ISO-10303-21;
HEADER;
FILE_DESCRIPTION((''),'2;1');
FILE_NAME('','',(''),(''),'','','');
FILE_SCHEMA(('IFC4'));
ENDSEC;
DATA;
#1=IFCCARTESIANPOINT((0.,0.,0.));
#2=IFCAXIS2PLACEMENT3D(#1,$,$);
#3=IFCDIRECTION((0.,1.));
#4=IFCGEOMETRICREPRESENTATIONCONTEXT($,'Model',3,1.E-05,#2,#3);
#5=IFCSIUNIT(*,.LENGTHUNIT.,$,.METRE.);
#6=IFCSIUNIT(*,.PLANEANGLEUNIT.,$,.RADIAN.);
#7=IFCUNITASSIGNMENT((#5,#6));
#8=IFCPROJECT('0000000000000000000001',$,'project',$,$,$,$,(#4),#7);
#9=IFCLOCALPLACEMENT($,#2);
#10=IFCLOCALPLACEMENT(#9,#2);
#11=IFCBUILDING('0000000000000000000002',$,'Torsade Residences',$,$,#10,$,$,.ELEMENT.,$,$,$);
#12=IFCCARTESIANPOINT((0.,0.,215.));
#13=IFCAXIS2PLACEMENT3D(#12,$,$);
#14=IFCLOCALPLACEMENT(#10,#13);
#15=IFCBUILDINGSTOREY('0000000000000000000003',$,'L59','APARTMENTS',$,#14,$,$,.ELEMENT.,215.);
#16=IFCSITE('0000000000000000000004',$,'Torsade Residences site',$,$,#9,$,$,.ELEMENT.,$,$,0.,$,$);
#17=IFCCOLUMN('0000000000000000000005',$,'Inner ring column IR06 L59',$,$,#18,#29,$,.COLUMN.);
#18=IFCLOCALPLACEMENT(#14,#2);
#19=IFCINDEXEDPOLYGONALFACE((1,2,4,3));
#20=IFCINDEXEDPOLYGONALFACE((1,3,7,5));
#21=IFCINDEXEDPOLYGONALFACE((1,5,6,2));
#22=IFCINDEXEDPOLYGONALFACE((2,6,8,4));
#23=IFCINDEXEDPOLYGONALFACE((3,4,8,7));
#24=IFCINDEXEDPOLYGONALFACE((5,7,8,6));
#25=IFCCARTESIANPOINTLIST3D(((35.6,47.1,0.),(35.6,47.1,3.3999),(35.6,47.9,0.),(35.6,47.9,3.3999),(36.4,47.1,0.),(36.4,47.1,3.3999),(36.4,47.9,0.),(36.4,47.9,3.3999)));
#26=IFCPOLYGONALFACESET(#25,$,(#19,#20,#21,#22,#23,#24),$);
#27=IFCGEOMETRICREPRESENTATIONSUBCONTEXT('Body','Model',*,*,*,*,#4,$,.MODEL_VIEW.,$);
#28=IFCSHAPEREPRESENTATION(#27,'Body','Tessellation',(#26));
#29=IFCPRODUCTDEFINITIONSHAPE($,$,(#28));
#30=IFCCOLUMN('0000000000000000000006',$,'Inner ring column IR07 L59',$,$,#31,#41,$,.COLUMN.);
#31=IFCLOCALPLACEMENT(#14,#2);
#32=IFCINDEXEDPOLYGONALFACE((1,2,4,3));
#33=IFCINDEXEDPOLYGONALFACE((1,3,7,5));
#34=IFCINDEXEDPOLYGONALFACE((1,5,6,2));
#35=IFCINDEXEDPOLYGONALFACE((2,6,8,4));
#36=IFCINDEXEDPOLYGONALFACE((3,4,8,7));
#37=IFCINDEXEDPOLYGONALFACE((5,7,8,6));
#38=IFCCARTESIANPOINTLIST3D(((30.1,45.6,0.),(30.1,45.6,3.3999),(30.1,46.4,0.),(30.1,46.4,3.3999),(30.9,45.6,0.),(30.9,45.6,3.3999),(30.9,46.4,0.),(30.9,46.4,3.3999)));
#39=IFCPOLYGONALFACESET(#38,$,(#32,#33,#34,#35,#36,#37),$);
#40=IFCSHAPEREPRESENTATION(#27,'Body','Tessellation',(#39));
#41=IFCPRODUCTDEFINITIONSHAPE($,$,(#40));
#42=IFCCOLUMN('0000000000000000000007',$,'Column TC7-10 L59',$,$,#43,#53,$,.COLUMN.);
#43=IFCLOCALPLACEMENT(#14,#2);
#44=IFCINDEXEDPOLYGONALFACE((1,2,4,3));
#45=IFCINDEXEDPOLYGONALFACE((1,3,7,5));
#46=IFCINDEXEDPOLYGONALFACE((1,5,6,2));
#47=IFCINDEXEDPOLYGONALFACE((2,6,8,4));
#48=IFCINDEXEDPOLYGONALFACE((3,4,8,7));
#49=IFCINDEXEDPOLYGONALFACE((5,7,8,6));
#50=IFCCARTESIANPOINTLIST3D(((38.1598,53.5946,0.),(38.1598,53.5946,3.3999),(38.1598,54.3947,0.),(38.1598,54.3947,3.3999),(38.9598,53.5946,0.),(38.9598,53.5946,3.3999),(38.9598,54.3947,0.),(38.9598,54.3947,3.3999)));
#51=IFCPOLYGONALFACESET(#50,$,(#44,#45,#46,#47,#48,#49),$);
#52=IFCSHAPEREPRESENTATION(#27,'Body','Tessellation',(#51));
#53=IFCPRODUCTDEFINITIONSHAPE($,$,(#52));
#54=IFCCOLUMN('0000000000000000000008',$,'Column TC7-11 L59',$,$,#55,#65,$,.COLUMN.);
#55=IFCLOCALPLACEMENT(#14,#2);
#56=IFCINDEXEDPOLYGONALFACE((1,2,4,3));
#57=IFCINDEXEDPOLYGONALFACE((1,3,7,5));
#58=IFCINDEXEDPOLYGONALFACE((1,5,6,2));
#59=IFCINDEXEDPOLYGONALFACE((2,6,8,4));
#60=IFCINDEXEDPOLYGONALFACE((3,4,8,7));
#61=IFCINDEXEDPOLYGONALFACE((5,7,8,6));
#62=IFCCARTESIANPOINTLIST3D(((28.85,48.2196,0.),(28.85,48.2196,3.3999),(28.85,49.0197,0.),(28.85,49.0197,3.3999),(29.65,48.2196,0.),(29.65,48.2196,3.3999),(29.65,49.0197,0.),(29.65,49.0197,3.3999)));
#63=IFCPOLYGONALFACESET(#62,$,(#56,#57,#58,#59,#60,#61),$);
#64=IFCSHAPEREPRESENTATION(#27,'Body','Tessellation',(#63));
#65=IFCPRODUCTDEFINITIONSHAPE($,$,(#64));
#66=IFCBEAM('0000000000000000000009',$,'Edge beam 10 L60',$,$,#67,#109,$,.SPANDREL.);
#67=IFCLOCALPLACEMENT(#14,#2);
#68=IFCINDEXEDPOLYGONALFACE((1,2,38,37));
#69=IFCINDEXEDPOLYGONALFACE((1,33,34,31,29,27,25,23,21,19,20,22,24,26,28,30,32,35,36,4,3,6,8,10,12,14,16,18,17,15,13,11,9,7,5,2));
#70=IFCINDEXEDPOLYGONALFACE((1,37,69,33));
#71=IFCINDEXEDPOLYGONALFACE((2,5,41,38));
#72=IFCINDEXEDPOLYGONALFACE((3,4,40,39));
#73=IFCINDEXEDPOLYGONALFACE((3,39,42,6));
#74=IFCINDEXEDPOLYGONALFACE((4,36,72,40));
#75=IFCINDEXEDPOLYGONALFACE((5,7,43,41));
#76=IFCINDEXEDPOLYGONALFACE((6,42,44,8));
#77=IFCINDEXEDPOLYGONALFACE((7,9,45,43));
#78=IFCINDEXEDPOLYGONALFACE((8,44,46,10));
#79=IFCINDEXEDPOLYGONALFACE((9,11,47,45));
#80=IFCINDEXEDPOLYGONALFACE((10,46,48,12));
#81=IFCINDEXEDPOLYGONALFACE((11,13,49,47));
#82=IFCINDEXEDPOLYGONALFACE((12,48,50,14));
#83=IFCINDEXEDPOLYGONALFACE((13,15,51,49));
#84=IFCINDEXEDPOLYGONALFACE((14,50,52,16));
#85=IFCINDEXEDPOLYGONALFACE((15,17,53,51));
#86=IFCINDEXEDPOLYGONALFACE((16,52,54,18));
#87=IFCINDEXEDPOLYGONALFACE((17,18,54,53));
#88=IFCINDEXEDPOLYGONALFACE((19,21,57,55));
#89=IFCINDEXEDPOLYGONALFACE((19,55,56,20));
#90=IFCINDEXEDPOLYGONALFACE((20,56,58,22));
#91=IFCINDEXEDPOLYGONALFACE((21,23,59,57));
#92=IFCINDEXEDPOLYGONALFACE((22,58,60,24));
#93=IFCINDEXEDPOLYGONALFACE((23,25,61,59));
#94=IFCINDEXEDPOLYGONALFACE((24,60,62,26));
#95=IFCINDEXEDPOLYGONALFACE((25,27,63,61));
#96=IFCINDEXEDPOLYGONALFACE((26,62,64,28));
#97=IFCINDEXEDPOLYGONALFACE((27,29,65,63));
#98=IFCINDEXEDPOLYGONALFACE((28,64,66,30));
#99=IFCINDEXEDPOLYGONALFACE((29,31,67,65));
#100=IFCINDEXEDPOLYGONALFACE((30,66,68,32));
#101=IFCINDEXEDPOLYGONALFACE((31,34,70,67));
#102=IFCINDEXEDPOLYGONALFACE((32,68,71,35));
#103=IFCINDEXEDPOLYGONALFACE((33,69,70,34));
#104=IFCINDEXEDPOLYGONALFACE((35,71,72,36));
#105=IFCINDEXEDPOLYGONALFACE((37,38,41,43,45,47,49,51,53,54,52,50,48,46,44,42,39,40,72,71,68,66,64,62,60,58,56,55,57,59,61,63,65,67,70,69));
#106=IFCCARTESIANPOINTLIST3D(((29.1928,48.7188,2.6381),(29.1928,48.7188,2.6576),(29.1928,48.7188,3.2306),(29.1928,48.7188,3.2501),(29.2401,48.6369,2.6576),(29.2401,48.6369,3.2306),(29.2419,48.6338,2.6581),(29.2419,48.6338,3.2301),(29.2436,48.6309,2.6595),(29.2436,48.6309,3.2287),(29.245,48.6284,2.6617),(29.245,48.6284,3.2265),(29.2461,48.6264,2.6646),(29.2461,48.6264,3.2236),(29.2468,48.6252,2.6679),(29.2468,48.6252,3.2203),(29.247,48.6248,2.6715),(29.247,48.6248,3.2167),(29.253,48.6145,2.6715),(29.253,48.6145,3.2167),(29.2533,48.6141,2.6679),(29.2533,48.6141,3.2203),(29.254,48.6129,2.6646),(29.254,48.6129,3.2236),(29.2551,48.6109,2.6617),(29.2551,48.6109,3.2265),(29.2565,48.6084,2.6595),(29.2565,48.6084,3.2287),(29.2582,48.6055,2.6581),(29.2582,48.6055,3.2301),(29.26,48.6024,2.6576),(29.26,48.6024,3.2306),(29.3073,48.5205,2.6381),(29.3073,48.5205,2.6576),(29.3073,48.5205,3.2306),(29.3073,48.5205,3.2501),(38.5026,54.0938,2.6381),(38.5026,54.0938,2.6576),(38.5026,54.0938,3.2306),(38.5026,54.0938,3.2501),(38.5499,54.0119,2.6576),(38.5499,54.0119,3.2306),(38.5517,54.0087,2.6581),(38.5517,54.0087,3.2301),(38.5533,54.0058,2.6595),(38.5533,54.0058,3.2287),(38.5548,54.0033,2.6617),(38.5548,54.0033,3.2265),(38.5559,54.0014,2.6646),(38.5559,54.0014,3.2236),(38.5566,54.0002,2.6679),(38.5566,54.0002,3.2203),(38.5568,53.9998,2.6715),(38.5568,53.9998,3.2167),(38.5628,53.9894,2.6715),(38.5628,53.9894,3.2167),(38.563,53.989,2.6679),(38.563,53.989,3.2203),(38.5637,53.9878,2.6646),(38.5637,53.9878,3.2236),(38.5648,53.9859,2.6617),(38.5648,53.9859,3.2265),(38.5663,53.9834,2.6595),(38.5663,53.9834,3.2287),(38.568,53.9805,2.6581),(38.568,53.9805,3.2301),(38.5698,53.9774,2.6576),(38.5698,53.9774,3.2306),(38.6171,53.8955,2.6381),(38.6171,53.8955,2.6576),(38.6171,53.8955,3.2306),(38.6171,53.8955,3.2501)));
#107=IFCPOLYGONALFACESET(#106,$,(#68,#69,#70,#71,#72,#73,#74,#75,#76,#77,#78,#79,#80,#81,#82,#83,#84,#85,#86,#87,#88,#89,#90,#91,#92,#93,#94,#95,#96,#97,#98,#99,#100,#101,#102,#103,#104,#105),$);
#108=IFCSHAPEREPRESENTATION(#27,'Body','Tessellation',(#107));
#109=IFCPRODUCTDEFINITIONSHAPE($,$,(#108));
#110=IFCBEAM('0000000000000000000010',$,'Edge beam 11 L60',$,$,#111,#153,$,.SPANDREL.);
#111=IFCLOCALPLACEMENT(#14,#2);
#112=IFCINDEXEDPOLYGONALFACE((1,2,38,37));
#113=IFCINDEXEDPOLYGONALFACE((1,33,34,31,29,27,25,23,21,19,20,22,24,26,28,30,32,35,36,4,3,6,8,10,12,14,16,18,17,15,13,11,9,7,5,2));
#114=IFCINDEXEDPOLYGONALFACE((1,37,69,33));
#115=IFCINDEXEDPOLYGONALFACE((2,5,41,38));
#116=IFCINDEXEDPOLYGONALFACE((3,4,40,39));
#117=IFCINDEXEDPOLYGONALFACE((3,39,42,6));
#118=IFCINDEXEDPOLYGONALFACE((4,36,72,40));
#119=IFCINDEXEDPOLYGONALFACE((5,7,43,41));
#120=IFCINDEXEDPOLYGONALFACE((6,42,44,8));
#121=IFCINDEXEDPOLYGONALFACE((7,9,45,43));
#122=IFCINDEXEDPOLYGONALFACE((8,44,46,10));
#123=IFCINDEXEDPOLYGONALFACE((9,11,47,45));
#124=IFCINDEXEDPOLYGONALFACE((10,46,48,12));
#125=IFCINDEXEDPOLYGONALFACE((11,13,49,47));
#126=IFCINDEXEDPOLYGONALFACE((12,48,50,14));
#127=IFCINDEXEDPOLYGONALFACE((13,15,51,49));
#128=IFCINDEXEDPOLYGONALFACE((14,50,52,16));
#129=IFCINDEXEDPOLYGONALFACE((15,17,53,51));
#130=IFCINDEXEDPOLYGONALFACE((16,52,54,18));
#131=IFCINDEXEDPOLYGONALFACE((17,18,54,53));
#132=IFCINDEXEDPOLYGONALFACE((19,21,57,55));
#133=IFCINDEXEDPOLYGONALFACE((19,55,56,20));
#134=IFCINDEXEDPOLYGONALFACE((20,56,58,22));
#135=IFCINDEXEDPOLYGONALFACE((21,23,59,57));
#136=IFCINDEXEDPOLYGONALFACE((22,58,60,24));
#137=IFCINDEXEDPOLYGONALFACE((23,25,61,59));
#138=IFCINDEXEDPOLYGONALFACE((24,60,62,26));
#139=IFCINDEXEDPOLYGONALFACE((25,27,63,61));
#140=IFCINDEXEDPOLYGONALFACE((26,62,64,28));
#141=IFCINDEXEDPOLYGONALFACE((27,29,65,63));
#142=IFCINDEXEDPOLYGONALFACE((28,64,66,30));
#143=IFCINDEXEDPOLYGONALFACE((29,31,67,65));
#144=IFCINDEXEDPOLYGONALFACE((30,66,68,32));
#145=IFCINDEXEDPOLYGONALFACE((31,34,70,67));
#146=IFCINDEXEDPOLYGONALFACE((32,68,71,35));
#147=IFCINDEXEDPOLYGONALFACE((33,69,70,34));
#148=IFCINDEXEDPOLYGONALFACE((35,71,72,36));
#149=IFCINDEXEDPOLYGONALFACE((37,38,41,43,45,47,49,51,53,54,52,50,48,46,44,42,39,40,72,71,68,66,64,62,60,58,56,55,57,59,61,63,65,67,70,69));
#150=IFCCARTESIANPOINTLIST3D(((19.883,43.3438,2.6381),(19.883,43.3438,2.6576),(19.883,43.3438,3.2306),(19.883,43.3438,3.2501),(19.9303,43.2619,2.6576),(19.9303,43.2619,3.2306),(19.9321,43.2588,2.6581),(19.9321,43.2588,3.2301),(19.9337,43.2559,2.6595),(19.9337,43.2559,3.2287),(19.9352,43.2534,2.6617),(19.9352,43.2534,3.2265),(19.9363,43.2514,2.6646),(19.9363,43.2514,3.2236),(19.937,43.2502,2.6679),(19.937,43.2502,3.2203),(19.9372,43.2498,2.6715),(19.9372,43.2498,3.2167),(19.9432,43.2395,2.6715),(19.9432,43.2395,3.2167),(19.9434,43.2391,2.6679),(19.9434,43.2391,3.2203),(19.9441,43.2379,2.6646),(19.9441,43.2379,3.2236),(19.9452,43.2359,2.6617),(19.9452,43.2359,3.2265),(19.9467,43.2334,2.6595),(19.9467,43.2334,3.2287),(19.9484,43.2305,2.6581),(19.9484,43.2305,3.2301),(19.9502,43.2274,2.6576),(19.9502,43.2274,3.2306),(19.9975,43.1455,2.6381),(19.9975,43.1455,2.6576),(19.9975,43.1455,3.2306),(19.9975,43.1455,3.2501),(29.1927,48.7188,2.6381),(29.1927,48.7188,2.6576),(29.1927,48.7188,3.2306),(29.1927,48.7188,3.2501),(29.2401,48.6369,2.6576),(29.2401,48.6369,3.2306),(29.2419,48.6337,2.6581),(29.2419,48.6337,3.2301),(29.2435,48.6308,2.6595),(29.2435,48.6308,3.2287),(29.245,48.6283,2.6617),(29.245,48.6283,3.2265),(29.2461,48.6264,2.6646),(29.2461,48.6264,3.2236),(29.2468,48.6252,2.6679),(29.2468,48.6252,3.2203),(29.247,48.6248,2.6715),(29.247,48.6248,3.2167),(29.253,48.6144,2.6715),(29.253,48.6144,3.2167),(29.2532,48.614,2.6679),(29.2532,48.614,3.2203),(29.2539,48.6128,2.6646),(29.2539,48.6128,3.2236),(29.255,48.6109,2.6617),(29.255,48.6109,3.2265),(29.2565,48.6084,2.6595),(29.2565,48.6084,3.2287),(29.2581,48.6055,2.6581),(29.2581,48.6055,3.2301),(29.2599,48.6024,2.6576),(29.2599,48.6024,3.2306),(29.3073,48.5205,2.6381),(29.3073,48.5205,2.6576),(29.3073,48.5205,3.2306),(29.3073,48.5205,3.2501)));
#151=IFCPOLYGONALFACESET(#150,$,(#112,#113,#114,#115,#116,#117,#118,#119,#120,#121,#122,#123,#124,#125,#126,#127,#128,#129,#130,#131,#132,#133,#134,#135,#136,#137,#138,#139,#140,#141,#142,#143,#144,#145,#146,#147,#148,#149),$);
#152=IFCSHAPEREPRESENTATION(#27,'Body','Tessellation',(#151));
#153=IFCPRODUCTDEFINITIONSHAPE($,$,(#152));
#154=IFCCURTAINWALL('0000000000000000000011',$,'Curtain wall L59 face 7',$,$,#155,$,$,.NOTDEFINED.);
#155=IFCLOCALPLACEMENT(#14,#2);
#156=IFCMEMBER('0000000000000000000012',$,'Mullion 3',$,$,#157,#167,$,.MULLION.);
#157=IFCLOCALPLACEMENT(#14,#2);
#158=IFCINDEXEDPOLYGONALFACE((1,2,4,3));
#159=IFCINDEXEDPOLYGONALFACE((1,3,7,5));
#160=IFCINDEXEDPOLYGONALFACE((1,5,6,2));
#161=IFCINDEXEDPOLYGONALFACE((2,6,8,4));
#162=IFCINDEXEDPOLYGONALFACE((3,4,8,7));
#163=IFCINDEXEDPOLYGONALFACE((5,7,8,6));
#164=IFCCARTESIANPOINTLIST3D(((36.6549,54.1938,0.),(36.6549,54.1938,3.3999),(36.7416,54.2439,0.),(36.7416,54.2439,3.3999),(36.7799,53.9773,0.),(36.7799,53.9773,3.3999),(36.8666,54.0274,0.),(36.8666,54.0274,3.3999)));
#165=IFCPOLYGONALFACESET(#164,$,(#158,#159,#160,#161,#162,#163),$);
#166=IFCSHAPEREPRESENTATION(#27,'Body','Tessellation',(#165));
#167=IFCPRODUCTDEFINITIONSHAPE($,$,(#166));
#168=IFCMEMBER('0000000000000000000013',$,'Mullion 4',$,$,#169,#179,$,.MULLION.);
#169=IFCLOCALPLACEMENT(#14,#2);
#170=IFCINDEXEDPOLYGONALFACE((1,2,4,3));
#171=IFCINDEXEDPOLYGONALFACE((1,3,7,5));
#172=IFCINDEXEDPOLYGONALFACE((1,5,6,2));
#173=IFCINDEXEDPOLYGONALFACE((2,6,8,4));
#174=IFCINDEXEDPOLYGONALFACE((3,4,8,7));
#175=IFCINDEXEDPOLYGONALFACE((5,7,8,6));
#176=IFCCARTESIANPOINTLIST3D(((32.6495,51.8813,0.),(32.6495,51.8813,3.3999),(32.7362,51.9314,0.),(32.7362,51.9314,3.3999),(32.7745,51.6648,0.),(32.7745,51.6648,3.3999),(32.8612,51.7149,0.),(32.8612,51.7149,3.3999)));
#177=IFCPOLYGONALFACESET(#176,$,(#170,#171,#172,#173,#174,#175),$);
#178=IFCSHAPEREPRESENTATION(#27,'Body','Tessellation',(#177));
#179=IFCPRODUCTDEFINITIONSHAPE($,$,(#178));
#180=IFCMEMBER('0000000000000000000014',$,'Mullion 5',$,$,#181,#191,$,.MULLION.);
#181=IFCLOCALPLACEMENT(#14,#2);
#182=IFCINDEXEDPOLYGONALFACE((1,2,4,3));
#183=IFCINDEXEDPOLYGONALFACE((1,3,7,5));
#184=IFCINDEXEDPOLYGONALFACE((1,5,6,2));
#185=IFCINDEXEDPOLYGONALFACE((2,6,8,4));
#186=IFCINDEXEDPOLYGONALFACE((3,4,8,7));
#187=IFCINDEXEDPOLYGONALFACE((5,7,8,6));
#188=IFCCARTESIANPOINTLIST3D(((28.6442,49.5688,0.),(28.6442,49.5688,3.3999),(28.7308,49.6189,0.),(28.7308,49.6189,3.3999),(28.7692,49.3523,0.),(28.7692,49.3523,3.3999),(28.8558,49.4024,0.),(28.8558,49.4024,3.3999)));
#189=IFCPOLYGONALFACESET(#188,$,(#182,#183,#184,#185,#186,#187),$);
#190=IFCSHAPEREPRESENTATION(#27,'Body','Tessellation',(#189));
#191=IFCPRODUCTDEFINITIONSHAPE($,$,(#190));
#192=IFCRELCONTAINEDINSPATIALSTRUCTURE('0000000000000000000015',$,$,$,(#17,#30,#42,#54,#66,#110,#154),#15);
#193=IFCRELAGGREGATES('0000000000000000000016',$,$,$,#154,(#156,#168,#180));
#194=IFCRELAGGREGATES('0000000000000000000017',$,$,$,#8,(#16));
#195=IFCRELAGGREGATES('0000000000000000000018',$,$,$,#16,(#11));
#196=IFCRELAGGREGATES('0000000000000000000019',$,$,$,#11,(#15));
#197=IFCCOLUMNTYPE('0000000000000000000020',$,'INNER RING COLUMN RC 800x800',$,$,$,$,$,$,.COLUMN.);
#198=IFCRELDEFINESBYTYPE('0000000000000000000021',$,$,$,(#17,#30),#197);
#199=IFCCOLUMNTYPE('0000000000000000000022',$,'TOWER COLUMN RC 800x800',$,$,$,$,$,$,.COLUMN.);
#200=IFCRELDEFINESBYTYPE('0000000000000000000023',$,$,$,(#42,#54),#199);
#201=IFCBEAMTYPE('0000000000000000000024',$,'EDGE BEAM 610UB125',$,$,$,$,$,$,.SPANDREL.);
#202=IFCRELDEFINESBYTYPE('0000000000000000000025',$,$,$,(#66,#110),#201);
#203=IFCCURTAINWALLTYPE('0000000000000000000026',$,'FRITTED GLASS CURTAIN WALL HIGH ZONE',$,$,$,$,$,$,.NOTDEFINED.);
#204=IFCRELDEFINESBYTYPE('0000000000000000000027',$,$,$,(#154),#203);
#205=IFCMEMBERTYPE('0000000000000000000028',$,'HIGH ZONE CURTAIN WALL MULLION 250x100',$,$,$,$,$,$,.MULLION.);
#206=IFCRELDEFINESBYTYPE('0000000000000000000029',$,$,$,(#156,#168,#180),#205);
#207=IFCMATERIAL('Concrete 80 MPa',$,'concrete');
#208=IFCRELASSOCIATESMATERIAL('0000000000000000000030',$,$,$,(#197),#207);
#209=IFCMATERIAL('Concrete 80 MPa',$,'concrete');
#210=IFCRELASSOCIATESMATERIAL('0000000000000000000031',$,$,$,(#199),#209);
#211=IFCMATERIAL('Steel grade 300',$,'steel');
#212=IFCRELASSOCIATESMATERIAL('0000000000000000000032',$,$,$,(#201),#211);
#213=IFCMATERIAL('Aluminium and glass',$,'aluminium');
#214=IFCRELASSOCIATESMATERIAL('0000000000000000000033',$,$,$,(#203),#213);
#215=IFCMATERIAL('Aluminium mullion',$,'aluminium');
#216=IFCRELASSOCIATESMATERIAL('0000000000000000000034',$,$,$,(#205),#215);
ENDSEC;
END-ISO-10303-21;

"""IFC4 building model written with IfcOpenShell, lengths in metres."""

from ifc_helpers import new_model, si_unit, direction, frame, origin, origin_2d, place, context, subcontext, project, spatial, rectangle, i_section, extrude, material, material_profile, profile_set, type_object, element, aggregate, save


model = new_model("IFC4")

# Units and contexts
model_context = context("Model", 3, precision=1e-05, world=origin(), true_north=direction((0.0, 1.0)))
body_context = subcontext(model_context, "Body", "Model", "MODEL_VIEW")
ifc_project = project(units=[si_unit("LENGTHUNIT", "METRE"), si_unit("PLANEANGLEUNIT", "RADIAN")], contexts=[model_context])

# Site, building, storey
site_placement = place(None, origin())
site = spatial("IfcSite", under=ifc_project, at=site_placement, Name="Torsade Residences site", CompositionType="ELEMENT", RefElevation=0.0)
building_placement = place(site_placement, origin())
building = spatial("IfcBuilding", under=site, at=building_placement, Name="Torsade Residences", CompositionType="ELEMENT")
storey_placement = place(building_placement, frame((0.0, 0.0, 215.0)))
storey = spatial("IfcBuildingStorey", under=building, at=storey_placement, Name="L59", Description="APARTMENTS", CompositionType="ELEMENT", Elevation=215.0)

# Columns
ifc_material_1 = material(Name="Concrete 80 MPa", Category="concrete")
ifc_material_profile_1 = material_profile(ifc_material_1, rectangle(XDim=0.8, YDim=0.8, at=origin_2d()), Name="RC 800x800")
ifc_profile_set_1 = profile_set([ifc_material_profile_1], Name="Concrete 80 MPa")
column_type_1 = type_object("IfcColumnType", Name="INNER RING COLUMN RC 800x800", PredefinedType="COLUMN", material=ifc_profile_set_1)
for number, where, z_axis, x_axis, name in (
    (1, (36.0, 47.5, 0.0), (0.0, 0.0, 1.0), (1.0, 0.0, 0.0), "Inner ring column IR06 L59"),
    (2, (30.5, 46.0, 0.0), (0.0, 0.0, 1.0), (1.0, 0.0, 0.0), "Inner ring column IR07 L59"),
):
    element("IfcColumn", number, at=place(storey_placement, frame(where, z_axis=z_axis, x_axis=x_axis)), inside=storey, type_object=column_type_1, Name=name, PredefinedType="COLUMN", context=body_context, shape_type="SweptSolid", body=[
        extrude(rectangle(XDim=0.8, YDim=0.8, at=origin_2d()), origin(), (0.0, 0.0, 1.0), 3.3999),
    ])
ifc_material_2 = material(Name="Concrete 80 MPa", Category="concrete")
ifc_material_profile_2 = material_profile(ifc_material_2, rectangle(XDim=0.8, YDim=0.8, at=origin_2d()), Name="RC 800x800")
ifc_profile_set_2 = profile_set([ifc_material_profile_2], Name="Concrete 80 MPa")
column_type_2 = type_object("IfcColumnType", Name="TOWER COLUMN RC 800x800", PredefinedType="COLUMN", material=ifc_profile_set_2)
for number, where, z_axis, x_axis, name in (
    (3, (38.5598, 53.9946, 0.0), (0.0, 0.0, 1.0), (1.0, 0.0, 0.0), "Column TC7-10 L59"),
    (4, (29.25, 48.6196, 0.0), (0.0, 0.0, 1.0), (1.0, 0.0, 0.0), "Column TC7-11 L59"),
):
    element("IfcColumn", number, at=place(storey_placement, frame(where, z_axis=z_axis, x_axis=x_axis)), inside=storey, type_object=column_type_2, Name=name, PredefinedType="COLUMN", context=body_context, shape_type="SweptSolid", body=[
        extrude(rectangle(XDim=0.8, YDim=0.8, at=origin_2d()), origin(), (0.0, 0.0, 1.0), 3.3999),
    ])

# Beams
ifc_material_3 = material(Name="Steel grade 300", Category="steel")
ifc_material_profile_3 = material_profile(ifc_material_3, i_section(OverallWidth=0.229, OverallDepth=0.6121, WebThickness=0.012, FlangeThickness=0.0195, FilletRadius=0.0139, at=origin_2d()), Name="610UB125")
ifc_profile_set_3 = profile_set([ifc_material_profile_3], Name="Steel grade 300")
beam_type_1 = type_object("IfcBeamType", Name="EDGE BEAM 610UB125", PredefinedType="SPANDREL", material=ifc_profile_set_3)
for number, where, z_axis, x_axis, name in (
    (5, (38.5598, 53.9946, 2.9441), (-0.866026, -0.499998, 0.0), (0.499998, -0.866026, 0.0), "Edge beam 10 L60"),
    (6, (29.25, 48.6196, 2.9441), (-0.866026, -0.499998, 0.0), (0.499998, -0.866026, 0.0), "Edge beam 11 L60"),
):
    element("IfcBeam", number, at=place(storey_placement, frame(where, z_axis=z_axis, x_axis=x_axis)), inside=storey, type_object=beam_type_1, Name=name, PredefinedType="SPANDREL", context=body_context, shape_type="SweptSolid", body=[
        extrude(i_section(OverallWidth=0.229, OverallDepth=0.6121, WebThickness=0.012, FlangeThickness=0.0195, FilletRadius=0.0139, at=origin_2d()), origin(), (0.0, 0.0, 1.0), 10.75),
    ])

# Curtain wall, members
ifc_material_4 = material(Name="Aluminium and glass", Category="aluminium")
curtain_wall_type = type_object("IfcCurtainWallType", Name="FRITTED GLASS CURTAIN WALL HIGH ZONE", PredefinedType="NOTDEFINED", material=ifc_material_4)
curtain_wall_placement = place(storey_placement, origin())
curtain_wall = element("IfcCurtainWall", 7, at=curtain_wall_placement, inside=storey, type_object=curtain_wall_type, Name="Curtain wall L59 face 7", PredefinedType="NOTDEFINED")
ifc_material_5 = material(Name="Aluminium mullion", Category="aluminium")
ifc_material_profile_4 = material_profile(ifc_material_5, rectangle(XDim=0.25, YDim=0.1001, at=origin_2d()), Name="HIGH ZONE CURTAIN WALL MULLION 250x100")
ifc_profile_set_4 = profile_set([ifc_material_profile_4], Name="Aluminium mullion")
member_type_1 = type_object("IfcMemberType", Name="HIGH ZONE CURTAIN WALL MULLION 250x100", PredefinedType="MULLION", material=ifc_profile_set_4)
member_1_placement = place(storey_placement, frame((36.7607, 54.1106, 0.0), z_axis=(0.0, 0.0, 1.0), x_axis=(0.5, -0.866025, 0.0)))
member_1 = element("IfcMember", 8, at=member_1_placement, type_object=member_type_1, Name="Mullion 3", PredefinedType="MULLION", context=body_context, shape_type="SweptSolid", body=[
    extrude(rectangle(XDim=0.25, YDim=0.1001, at=origin_2d()), origin(), (0.0, 0.0, 1.0), 3.3999),
])
member_2_placement = place(storey_placement, frame((32.7554, 51.7981, 0.0), z_axis=(0.0, 0.0, 1.0), x_axis=(0.5, -0.866025, 0.0)))
member_2 = element("IfcMember", 9, at=member_2_placement, type_object=member_type_1, Name="Mullion 4", PredefinedType="MULLION", context=body_context, shape_type="SweptSolid", body=[
    extrude(rectangle(XDim=0.25, YDim=0.1001, at=origin_2d()), origin(), (0.0, 0.0, 1.0), 3.3999),
])
member_3_placement = place(storey_placement, frame((28.75, 49.4856, 0.0), z_axis=(0.0, 0.0, 1.0), x_axis=(0.5, -0.866025, 0.0)))
member_3 = element("IfcMember", 10, at=member_3_placement, type_object=member_type_1, Name="Mullion 5", PredefinedType="MULLION", context=body_context, shape_type="SweptSolid", body=[
    extrude(rectangle(XDim=0.25, YDim=0.1001, at=origin_2d()), origin(), (0.0, 0.0, 1.0), 3.3999),
])

aggregate(curtain_wall, [member_1, member_2, member_3])

save(model, "model.ifc")
